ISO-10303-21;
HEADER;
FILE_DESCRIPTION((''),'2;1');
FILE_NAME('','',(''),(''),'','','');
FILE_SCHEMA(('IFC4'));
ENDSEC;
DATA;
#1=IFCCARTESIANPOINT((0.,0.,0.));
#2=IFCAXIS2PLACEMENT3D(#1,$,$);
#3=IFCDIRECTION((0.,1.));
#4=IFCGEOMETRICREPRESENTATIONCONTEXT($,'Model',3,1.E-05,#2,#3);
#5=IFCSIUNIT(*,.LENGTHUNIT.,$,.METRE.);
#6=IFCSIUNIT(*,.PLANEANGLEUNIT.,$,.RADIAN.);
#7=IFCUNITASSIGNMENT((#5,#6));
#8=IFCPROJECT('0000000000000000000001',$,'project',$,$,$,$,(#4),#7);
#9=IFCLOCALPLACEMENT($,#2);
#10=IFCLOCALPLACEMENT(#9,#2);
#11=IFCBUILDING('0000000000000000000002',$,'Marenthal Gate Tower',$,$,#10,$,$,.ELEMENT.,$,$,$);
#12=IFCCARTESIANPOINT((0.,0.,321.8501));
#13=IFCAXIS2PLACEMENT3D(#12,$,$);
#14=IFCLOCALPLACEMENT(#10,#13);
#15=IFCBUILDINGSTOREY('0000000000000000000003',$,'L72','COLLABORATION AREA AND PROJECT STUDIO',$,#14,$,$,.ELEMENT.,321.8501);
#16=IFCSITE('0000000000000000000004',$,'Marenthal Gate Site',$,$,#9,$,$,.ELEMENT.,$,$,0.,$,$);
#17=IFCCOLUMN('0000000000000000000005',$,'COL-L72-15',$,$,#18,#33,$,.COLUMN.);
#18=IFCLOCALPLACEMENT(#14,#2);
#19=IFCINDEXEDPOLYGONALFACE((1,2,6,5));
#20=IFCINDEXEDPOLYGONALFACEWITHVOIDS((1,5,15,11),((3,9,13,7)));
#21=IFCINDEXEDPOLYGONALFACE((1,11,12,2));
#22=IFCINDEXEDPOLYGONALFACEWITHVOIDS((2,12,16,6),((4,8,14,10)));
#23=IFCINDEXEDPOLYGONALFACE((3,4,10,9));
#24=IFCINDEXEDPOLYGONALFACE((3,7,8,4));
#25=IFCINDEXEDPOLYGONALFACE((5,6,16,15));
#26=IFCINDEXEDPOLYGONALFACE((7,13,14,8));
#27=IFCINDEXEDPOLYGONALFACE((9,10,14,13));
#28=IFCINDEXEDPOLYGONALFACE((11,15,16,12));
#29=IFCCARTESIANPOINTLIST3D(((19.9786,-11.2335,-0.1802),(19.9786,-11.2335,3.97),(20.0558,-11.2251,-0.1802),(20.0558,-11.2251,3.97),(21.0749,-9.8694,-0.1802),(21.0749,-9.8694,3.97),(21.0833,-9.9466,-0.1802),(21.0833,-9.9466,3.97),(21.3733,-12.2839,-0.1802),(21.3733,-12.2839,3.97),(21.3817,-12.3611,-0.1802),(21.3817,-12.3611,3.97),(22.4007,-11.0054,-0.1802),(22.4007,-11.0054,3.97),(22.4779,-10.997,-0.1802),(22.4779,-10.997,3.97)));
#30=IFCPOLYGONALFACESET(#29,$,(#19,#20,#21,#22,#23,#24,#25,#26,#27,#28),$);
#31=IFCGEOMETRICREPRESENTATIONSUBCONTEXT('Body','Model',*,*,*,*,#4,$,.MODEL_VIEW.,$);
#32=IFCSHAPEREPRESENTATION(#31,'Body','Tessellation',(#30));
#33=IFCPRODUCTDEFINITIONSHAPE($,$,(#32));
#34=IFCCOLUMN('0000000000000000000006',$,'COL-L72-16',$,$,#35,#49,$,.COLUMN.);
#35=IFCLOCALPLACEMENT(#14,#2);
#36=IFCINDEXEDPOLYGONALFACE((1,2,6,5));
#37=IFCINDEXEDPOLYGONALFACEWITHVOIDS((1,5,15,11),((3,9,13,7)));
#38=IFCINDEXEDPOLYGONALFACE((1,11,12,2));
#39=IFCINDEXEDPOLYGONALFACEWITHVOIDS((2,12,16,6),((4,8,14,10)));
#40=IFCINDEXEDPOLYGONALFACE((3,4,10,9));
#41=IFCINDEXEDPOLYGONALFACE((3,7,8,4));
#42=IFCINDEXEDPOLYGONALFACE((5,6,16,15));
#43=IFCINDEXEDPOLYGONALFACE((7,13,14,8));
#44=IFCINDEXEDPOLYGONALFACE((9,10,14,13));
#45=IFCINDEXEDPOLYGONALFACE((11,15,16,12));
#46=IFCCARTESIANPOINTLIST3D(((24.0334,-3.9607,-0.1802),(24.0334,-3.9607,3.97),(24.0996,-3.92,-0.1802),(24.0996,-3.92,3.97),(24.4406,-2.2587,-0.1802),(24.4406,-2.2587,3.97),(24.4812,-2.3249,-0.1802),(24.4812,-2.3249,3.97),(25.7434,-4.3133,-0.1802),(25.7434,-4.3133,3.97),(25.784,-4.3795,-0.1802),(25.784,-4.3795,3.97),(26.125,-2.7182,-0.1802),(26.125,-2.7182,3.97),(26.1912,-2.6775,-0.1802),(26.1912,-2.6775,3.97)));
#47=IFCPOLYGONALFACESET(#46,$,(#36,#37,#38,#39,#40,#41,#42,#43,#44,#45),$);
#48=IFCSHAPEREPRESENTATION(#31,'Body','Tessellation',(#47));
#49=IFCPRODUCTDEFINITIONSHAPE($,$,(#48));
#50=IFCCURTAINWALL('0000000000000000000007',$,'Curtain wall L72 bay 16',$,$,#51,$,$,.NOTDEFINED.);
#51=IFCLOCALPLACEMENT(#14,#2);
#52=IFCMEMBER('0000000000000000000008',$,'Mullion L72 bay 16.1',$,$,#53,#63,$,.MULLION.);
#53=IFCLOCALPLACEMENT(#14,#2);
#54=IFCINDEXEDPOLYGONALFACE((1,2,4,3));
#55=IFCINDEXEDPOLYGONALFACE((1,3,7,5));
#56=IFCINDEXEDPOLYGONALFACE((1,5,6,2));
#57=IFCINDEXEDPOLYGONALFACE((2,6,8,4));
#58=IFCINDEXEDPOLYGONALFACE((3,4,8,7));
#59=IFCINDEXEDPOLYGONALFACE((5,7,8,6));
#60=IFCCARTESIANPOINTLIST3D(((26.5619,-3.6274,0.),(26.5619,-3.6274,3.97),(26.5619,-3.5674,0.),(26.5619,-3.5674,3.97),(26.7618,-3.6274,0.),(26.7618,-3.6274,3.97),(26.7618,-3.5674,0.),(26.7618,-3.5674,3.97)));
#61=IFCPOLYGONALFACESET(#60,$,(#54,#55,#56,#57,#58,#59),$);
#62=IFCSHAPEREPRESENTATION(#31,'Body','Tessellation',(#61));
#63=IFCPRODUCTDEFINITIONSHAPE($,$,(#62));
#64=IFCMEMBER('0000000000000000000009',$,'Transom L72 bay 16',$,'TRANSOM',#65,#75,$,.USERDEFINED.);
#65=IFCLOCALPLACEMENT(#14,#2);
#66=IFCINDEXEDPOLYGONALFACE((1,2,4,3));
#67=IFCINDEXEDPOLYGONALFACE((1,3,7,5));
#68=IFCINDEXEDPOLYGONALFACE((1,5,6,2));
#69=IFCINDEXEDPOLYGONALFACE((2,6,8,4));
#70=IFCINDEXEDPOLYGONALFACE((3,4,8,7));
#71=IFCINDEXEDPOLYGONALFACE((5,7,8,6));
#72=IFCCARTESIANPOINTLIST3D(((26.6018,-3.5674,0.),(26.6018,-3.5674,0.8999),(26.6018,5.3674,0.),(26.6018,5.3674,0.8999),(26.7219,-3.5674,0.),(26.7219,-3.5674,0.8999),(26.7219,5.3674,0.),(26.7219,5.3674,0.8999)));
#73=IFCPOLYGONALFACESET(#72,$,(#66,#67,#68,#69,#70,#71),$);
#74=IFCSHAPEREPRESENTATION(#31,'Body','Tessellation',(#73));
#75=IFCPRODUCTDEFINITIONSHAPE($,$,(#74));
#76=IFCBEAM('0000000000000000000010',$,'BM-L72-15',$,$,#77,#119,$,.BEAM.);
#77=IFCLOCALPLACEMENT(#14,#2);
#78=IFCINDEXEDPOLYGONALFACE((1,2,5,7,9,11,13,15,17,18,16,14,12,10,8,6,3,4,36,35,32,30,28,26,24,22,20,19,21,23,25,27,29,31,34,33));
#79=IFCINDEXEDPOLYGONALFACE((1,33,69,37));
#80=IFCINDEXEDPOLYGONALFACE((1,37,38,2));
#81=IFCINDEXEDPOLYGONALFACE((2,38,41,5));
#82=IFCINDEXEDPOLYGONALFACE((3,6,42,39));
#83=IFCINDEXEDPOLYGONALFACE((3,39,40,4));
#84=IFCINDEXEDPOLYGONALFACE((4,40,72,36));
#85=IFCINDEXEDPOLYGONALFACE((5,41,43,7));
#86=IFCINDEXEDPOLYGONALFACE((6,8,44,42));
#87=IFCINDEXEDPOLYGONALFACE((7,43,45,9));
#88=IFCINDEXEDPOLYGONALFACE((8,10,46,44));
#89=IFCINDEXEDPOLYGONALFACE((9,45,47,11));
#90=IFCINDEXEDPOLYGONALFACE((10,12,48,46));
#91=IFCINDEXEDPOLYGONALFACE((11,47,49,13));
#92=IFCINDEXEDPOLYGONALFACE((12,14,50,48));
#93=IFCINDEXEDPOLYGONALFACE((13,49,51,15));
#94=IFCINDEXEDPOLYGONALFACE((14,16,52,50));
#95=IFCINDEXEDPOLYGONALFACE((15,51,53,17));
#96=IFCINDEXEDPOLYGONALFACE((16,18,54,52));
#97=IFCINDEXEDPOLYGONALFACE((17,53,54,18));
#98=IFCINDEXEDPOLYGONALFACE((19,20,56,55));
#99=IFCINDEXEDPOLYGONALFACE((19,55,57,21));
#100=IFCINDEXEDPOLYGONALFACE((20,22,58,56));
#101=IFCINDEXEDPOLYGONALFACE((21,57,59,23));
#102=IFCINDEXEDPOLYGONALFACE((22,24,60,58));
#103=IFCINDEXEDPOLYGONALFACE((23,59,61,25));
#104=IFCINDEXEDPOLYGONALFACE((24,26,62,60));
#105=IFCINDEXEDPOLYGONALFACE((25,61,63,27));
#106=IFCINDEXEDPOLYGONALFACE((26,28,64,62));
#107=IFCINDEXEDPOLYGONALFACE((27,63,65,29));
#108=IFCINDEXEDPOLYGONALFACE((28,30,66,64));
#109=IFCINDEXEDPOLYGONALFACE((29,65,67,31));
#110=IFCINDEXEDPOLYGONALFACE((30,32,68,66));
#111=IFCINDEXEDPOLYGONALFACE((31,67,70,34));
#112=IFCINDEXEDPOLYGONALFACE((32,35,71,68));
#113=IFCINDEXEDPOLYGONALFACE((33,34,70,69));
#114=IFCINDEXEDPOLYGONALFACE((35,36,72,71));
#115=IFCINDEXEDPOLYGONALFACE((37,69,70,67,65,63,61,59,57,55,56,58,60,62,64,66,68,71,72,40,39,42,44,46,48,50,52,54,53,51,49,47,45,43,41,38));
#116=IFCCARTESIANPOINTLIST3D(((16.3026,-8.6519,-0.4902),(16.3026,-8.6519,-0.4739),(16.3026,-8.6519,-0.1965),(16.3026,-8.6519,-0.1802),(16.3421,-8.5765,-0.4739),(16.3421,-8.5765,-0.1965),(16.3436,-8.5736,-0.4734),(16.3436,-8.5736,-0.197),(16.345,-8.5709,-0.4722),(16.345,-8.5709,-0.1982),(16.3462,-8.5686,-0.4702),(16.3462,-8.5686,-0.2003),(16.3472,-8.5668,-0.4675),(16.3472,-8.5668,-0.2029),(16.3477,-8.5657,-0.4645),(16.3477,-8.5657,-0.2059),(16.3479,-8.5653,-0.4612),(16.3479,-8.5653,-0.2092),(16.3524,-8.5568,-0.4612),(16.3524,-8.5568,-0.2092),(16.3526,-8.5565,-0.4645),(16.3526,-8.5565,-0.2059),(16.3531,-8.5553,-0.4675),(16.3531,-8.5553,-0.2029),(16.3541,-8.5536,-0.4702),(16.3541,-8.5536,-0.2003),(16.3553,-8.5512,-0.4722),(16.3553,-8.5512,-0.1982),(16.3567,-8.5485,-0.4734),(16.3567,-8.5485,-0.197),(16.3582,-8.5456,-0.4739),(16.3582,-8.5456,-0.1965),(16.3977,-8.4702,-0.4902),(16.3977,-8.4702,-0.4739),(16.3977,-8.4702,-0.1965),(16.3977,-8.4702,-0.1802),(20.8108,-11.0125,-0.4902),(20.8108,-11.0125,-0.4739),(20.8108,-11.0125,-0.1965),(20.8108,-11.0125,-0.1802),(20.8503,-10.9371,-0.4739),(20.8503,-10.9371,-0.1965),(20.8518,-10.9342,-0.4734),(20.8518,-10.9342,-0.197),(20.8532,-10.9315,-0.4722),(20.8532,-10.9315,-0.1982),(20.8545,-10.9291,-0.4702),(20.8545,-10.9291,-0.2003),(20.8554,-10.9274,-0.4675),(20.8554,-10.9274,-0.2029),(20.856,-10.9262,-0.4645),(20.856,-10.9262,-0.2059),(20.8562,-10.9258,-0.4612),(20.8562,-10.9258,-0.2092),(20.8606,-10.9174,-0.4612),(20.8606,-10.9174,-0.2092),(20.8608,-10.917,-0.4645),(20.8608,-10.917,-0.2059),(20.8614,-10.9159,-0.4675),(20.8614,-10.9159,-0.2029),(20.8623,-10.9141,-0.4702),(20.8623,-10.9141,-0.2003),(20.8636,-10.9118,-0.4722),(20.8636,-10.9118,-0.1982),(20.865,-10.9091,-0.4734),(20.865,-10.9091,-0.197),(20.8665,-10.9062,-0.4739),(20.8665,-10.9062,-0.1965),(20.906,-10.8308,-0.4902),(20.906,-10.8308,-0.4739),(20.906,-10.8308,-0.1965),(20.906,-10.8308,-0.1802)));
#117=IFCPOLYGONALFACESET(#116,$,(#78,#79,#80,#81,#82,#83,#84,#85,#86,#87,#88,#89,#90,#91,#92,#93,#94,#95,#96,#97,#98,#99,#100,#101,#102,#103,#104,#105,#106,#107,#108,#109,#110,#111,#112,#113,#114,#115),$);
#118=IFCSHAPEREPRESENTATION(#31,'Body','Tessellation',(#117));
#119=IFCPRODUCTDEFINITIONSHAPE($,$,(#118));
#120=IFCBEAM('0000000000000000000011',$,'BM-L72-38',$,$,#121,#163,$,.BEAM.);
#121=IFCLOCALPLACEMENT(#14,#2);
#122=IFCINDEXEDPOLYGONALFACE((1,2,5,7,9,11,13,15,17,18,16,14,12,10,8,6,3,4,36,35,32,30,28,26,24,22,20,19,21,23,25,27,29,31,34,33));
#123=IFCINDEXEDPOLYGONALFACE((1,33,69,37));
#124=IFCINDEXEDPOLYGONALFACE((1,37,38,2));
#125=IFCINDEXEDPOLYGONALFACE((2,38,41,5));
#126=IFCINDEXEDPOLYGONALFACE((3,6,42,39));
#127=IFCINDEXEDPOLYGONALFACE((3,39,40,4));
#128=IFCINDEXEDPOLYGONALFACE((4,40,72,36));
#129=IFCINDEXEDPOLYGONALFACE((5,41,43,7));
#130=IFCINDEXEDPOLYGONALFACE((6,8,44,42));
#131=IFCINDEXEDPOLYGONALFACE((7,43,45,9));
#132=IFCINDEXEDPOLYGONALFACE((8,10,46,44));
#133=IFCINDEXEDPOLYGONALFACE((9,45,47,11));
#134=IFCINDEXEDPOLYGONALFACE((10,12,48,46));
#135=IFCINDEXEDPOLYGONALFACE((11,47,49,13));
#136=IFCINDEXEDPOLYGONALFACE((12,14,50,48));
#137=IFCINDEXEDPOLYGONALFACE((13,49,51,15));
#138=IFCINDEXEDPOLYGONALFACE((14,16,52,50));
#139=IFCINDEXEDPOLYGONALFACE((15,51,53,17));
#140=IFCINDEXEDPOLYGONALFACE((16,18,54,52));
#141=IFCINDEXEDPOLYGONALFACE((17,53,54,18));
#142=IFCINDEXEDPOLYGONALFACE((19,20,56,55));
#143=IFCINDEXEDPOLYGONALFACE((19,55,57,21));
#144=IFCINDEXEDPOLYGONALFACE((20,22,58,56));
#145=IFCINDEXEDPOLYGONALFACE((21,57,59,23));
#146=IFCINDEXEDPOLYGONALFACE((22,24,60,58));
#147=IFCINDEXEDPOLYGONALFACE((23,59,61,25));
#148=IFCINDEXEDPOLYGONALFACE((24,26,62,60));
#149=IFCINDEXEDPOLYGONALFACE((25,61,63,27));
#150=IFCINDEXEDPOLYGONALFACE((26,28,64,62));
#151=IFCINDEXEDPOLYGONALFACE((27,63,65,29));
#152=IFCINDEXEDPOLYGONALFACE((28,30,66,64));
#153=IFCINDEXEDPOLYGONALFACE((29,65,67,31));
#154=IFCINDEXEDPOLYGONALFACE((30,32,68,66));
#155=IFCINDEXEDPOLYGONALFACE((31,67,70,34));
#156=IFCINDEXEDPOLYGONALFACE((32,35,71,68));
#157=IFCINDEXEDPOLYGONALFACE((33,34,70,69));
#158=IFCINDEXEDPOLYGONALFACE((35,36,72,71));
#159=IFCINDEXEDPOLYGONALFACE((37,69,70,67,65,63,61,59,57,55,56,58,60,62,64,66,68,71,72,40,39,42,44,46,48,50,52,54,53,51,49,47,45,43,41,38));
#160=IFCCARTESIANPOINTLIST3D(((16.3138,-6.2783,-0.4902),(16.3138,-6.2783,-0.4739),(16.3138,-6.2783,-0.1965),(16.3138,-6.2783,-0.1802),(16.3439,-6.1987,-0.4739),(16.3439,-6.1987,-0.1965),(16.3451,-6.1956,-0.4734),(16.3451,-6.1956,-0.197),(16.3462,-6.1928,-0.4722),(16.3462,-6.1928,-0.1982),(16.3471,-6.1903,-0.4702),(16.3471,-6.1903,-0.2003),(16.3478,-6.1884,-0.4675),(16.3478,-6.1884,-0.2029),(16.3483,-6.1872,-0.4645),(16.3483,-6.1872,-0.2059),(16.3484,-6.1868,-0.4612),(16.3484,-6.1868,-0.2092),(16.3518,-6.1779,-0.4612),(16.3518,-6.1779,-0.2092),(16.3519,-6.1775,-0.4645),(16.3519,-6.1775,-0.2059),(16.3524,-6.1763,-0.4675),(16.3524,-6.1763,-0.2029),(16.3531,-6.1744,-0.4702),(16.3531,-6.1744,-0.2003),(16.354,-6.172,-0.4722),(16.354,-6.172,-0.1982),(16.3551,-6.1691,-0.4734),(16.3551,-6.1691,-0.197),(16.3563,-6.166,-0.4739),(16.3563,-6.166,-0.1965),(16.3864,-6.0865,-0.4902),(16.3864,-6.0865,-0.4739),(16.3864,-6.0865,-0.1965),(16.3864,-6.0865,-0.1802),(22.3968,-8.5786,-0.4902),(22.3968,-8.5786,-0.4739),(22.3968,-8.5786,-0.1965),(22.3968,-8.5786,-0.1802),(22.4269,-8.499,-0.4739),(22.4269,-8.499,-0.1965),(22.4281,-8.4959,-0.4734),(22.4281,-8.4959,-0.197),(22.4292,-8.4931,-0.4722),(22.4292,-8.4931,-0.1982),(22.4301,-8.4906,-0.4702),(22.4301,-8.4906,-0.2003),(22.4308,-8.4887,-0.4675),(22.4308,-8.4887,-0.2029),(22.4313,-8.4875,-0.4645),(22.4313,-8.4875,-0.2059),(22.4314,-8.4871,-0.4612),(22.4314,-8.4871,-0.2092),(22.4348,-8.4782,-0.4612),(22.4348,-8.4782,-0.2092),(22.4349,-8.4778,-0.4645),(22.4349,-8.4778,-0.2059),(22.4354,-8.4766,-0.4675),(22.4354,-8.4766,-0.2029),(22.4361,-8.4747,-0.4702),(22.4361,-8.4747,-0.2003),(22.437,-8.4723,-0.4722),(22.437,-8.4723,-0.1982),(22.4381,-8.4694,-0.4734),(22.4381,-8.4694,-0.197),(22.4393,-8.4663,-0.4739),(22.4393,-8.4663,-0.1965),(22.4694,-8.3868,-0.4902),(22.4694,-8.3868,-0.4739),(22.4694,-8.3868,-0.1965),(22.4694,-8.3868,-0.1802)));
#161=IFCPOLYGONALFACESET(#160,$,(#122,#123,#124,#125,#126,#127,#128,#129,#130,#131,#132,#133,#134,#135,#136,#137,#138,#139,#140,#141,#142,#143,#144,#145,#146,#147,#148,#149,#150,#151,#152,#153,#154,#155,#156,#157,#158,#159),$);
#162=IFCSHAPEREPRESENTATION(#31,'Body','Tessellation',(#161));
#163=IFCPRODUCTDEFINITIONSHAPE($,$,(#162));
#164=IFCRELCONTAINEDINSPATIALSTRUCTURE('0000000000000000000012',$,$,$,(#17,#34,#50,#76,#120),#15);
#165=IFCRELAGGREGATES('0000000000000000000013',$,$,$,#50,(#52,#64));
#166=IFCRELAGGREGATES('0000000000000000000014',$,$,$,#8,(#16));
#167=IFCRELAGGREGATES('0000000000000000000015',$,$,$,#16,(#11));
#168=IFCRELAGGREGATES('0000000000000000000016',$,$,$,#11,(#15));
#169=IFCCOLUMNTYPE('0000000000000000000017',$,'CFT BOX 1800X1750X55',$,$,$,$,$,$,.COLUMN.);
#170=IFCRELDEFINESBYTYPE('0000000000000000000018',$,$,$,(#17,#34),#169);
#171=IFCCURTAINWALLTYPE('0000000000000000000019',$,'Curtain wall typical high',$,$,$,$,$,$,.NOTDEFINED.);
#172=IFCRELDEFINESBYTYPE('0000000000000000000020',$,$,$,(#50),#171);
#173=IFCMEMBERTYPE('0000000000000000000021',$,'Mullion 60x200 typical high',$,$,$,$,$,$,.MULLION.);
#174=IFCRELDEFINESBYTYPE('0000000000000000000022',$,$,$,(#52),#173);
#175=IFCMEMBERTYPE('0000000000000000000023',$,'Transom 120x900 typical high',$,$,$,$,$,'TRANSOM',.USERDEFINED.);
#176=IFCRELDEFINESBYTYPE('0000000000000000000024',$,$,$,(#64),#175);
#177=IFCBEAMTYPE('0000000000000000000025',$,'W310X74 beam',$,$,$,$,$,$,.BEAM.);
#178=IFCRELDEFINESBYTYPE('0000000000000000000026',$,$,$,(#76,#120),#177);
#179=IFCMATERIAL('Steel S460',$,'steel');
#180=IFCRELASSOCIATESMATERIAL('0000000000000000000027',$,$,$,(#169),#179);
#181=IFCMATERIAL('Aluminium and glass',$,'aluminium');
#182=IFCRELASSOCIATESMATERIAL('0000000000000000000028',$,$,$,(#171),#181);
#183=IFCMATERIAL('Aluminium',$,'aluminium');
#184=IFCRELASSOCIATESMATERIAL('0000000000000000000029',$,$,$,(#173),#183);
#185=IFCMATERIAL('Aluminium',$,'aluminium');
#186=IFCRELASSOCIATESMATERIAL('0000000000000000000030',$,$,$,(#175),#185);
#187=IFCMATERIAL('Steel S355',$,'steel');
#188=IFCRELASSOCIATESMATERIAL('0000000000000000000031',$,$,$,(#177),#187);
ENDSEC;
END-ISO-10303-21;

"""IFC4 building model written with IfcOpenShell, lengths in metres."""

from ifc_helpers import new_model, si_unit, direction, frame, origin, origin_2d, place, context, subcontext, project, spatial, rectangle, hollow_rectangle, i_section, extrude, material, material_profile, profile_set, type_object, element, aggregate, save


model = new_model("IFC4")

# Units and contexts
model_context = context("Model", 3, precision=1e-05, world=origin(), true_north=direction((0.0, 1.0)))
body_context = subcontext(model_context, "Body", "Model", "MODEL_VIEW")
ifc_project = project(units=[si_unit("LENGTHUNIT", "METRE"), si_unit("PLANEANGLEUNIT", "RADIAN")], contexts=[model_context])

# Site, building, storey
site_placement = place(None, origin())
site = spatial("IfcSite", under=ifc_project, at=site_placement, Name="Marenthal Gate Site", CompositionType="ELEMENT", RefElevation=0.0)
building_placement = place(site_placement, origin())
building = spatial("IfcBuilding", under=site, at=building_placement, Name="Marenthal Gate Tower", CompositionType="ELEMENT")
storey_placement = place(building_placement, frame((0.0, 0.0, 321.8501)))
storey = spatial("IfcBuildingStorey", under=building, at=storey_placement, Name="L72", Description="COLLABORATION AREA AND PROJECT STUDIO", CompositionType="ELEMENT", Elevation=321.8501)

# Columns
ifc_material_1 = material(Name="Steel S460", Category="steel")
ifc_material_profile_1 = material_profile(ifc_material_1, hollow_rectangle(XDim=1.75, YDim=1.8, WallThickness=0.0549, at=origin_2d()), Name="CFT BOX 1800X1750X55")
ifc_material_2 = material(Name="Concrete 70 MPa", Category="concrete")
ifc_material_profile_2 = material_profile(ifc_material_2, rectangle(XDim=1.6399, YDim=1.6899, at=origin_2d()), Name="CFT BOX 1800X1750X55 INFILL")
ifc_profile_set_1 = profile_set([ifc_material_profile_1, ifc_material_profile_2], Name="Steel S460 shell, Concrete 70 MPa infill")
column_type = type_object("IfcColumnType", Name="CFT BOX 1800X1750X55", PredefinedType="COLUMN", material=ifc_profile_set_1)
for number, where, z_axis, x_axis, name in (
    (1, (21.2283, -11.1152, -0.1802), (0.0, 0.0, 1.0), (-0.626431, -0.779477, 0.0), "COL-L72-15"),
    (2, (25.1123, -3.3191, -0.1802), (0.0, 0.0, 1.0), (-0.232677, -0.972554, 0.0), "COL-L72-16"),
):
    element("IfcColumn", number, at=place(storey_placement, frame(where, z_axis=z_axis, x_axis=x_axis)), inside=storey, type_object=column_type, Name=name, PredefinedType="COLUMN", context=body_context, shape_type="SweptSolid", body=[
        extrude(hollow_rectangle(XDim=1.75, YDim=1.8, WallThickness=0.0549, at=origin_2d()), origin(), (0.0, 0.0, 1.0), 4.1501),
    ])

# Curtain wall, members
ifc_material_3 = material(Name="Aluminium and glass", Category="aluminium")
curtain_wall_type = type_object("IfcCurtainWallType", Name="Curtain wall typical high", PredefinedType="NOTDEFINED", material=ifc_material_3)
curtain_wall_placement = place(storey_placement, origin())
curtain_wall = element("IfcCurtainWall", 3, at=curtain_wall_placement, inside=storey, type_object=curtain_wall_type, Name="Curtain wall L72 bay 16", PredefinedType="NOTDEFINED")
ifc_material_4 = material(Name="Aluminium", Category="aluminium")
ifc_material_profile_3 = material_profile(ifc_material_4, rectangle(XDim=0.2, YDim=0.0601, at=origin_2d()), Name="60x200 aluminium mullion")
ifc_profile_set_2 = profile_set([ifc_material_profile_3], Name="Aluminium")
member_type_1 = type_object("IfcMemberType", Name="Mullion 60x200 typical high", PredefinedType="MULLION", material=ifc_profile_set_2)
member_1_placement = place(storey_placement, frame((26.6619, -3.5974, 0.0), z_axis=(0.0, 0.0, 1.0), x_axis=(-1.0, 0.0, 0.0)))
member_1 = element("IfcMember", 4, at=member_1_placement, type_object=member_type_1, Name="Mullion L72 bay 16.1", PredefinedType="MULLION", context=body_context, shape_type="SweptSolid", body=[
    extrude(rectangle(XDim=0.2, YDim=0.0601, at=origin_2d()), origin(), (0.0, 0.0, 1.0), 3.97),
])
ifc_material_5 = material(Name="Aluminium", Category="aluminium")
ifc_material_profile_4 = material_profile(ifc_material_5, rectangle(XDim=0.1201, YDim=0.8999, at=origin_2d()), Name="120x900 aluminium transom")
ifc_profile_set_3 = profile_set([ifc_material_profile_4], Name="Aluminium")
member_type_2 = type_object("IfcMemberType", Name="Transom 120x900 typical high", ElementType="TRANSOM", PredefinedType="USERDEFINED", material=ifc_profile_set_3)
member_2_placement = place(storey_placement, frame((26.6619, -3.5674, 0.45), z_axis=(0.0, 1.0, 0.0), x_axis=(-1.0, 0.0, 0.0)))
member_2 = element("IfcMember", 5, at=member_2_placement, type_object=member_type_2, Name="Transom L72 bay 16", ObjectType="TRANSOM", PredefinedType="USERDEFINED", context=body_context, shape_type="SweptSolid", body=[
    extrude(rectangle(XDim=0.1201, YDim=0.8999, at=origin_2d()), origin(), (0.0, 0.0, 1.0), 8.9348),
])

# Beams
ifc_material_6 = material(Name="Steel S355", Category="steel")
ifc_material_profile_5 = material_profile(ifc_material_6, i_section(OverallWidth=0.2051, OverallDepth=0.3101, WebThickness=0.0095, FlangeThickness=0.0164, FilletRadius=0.0127, at=origin_2d()), Name="W310X74")
ifc_profile_set_4 = profile_set([ifc_material_profile_5], Name="Steel S355")
beam_type_1 = type_object("IfcBeamType", Name="W310X74 beam", PredefinedType="BEAM", material=ifc_profile_set_4)
beam_1_placement = place(storey_placement, frame((20.8584, -10.9216, -0.3352), z_axis=(-0.885904, 0.463869, 0.0), x_axis=(-0.463869, -0.885904, 0.0)))
element("IfcBeam", 6, at=beam_1_placement, inside=storey, type_object=beam_type_1, Name="BM-L72-15", PredefinedType="BEAM", context=body_context, shape_type="SweptSolid", body=[
    extrude(i_section(OverallWidth=0.2051, OverallDepth=0.3101, WebThickness=0.0095, FlangeThickness=0.0164, FilletRadius=0.0127, at=origin_2d()), origin(), (0.0, 0.0, 1.0), 5.0889),
])
beam_2_placement = place(storey_placement, frame((22.4331, -8.4827, -0.3352), z_axis=(-0.935357, 0.353706, 0.0), x_axis=(-0.353706, -0.935357, 0.0)))
element("IfcBeam", 7, at=beam_2_placement, inside=storey, type_object=beam_type_1, Name="BM-L72-38", PredefinedType="BEAM", context=body_context, shape_type="SweptSolid", body=[
    extrude(i_section(OverallWidth=0.2051, OverallDepth=0.3101, WebThickness=0.0095, FlangeThickness=0.0164, FilletRadius=0.0127, at=origin_2d()), origin(), (0.0, 0.0, 1.0), 6.5034),
])

aggregate(curtain_wall, [member_1, member_2])

save(model, "model.ifc")
